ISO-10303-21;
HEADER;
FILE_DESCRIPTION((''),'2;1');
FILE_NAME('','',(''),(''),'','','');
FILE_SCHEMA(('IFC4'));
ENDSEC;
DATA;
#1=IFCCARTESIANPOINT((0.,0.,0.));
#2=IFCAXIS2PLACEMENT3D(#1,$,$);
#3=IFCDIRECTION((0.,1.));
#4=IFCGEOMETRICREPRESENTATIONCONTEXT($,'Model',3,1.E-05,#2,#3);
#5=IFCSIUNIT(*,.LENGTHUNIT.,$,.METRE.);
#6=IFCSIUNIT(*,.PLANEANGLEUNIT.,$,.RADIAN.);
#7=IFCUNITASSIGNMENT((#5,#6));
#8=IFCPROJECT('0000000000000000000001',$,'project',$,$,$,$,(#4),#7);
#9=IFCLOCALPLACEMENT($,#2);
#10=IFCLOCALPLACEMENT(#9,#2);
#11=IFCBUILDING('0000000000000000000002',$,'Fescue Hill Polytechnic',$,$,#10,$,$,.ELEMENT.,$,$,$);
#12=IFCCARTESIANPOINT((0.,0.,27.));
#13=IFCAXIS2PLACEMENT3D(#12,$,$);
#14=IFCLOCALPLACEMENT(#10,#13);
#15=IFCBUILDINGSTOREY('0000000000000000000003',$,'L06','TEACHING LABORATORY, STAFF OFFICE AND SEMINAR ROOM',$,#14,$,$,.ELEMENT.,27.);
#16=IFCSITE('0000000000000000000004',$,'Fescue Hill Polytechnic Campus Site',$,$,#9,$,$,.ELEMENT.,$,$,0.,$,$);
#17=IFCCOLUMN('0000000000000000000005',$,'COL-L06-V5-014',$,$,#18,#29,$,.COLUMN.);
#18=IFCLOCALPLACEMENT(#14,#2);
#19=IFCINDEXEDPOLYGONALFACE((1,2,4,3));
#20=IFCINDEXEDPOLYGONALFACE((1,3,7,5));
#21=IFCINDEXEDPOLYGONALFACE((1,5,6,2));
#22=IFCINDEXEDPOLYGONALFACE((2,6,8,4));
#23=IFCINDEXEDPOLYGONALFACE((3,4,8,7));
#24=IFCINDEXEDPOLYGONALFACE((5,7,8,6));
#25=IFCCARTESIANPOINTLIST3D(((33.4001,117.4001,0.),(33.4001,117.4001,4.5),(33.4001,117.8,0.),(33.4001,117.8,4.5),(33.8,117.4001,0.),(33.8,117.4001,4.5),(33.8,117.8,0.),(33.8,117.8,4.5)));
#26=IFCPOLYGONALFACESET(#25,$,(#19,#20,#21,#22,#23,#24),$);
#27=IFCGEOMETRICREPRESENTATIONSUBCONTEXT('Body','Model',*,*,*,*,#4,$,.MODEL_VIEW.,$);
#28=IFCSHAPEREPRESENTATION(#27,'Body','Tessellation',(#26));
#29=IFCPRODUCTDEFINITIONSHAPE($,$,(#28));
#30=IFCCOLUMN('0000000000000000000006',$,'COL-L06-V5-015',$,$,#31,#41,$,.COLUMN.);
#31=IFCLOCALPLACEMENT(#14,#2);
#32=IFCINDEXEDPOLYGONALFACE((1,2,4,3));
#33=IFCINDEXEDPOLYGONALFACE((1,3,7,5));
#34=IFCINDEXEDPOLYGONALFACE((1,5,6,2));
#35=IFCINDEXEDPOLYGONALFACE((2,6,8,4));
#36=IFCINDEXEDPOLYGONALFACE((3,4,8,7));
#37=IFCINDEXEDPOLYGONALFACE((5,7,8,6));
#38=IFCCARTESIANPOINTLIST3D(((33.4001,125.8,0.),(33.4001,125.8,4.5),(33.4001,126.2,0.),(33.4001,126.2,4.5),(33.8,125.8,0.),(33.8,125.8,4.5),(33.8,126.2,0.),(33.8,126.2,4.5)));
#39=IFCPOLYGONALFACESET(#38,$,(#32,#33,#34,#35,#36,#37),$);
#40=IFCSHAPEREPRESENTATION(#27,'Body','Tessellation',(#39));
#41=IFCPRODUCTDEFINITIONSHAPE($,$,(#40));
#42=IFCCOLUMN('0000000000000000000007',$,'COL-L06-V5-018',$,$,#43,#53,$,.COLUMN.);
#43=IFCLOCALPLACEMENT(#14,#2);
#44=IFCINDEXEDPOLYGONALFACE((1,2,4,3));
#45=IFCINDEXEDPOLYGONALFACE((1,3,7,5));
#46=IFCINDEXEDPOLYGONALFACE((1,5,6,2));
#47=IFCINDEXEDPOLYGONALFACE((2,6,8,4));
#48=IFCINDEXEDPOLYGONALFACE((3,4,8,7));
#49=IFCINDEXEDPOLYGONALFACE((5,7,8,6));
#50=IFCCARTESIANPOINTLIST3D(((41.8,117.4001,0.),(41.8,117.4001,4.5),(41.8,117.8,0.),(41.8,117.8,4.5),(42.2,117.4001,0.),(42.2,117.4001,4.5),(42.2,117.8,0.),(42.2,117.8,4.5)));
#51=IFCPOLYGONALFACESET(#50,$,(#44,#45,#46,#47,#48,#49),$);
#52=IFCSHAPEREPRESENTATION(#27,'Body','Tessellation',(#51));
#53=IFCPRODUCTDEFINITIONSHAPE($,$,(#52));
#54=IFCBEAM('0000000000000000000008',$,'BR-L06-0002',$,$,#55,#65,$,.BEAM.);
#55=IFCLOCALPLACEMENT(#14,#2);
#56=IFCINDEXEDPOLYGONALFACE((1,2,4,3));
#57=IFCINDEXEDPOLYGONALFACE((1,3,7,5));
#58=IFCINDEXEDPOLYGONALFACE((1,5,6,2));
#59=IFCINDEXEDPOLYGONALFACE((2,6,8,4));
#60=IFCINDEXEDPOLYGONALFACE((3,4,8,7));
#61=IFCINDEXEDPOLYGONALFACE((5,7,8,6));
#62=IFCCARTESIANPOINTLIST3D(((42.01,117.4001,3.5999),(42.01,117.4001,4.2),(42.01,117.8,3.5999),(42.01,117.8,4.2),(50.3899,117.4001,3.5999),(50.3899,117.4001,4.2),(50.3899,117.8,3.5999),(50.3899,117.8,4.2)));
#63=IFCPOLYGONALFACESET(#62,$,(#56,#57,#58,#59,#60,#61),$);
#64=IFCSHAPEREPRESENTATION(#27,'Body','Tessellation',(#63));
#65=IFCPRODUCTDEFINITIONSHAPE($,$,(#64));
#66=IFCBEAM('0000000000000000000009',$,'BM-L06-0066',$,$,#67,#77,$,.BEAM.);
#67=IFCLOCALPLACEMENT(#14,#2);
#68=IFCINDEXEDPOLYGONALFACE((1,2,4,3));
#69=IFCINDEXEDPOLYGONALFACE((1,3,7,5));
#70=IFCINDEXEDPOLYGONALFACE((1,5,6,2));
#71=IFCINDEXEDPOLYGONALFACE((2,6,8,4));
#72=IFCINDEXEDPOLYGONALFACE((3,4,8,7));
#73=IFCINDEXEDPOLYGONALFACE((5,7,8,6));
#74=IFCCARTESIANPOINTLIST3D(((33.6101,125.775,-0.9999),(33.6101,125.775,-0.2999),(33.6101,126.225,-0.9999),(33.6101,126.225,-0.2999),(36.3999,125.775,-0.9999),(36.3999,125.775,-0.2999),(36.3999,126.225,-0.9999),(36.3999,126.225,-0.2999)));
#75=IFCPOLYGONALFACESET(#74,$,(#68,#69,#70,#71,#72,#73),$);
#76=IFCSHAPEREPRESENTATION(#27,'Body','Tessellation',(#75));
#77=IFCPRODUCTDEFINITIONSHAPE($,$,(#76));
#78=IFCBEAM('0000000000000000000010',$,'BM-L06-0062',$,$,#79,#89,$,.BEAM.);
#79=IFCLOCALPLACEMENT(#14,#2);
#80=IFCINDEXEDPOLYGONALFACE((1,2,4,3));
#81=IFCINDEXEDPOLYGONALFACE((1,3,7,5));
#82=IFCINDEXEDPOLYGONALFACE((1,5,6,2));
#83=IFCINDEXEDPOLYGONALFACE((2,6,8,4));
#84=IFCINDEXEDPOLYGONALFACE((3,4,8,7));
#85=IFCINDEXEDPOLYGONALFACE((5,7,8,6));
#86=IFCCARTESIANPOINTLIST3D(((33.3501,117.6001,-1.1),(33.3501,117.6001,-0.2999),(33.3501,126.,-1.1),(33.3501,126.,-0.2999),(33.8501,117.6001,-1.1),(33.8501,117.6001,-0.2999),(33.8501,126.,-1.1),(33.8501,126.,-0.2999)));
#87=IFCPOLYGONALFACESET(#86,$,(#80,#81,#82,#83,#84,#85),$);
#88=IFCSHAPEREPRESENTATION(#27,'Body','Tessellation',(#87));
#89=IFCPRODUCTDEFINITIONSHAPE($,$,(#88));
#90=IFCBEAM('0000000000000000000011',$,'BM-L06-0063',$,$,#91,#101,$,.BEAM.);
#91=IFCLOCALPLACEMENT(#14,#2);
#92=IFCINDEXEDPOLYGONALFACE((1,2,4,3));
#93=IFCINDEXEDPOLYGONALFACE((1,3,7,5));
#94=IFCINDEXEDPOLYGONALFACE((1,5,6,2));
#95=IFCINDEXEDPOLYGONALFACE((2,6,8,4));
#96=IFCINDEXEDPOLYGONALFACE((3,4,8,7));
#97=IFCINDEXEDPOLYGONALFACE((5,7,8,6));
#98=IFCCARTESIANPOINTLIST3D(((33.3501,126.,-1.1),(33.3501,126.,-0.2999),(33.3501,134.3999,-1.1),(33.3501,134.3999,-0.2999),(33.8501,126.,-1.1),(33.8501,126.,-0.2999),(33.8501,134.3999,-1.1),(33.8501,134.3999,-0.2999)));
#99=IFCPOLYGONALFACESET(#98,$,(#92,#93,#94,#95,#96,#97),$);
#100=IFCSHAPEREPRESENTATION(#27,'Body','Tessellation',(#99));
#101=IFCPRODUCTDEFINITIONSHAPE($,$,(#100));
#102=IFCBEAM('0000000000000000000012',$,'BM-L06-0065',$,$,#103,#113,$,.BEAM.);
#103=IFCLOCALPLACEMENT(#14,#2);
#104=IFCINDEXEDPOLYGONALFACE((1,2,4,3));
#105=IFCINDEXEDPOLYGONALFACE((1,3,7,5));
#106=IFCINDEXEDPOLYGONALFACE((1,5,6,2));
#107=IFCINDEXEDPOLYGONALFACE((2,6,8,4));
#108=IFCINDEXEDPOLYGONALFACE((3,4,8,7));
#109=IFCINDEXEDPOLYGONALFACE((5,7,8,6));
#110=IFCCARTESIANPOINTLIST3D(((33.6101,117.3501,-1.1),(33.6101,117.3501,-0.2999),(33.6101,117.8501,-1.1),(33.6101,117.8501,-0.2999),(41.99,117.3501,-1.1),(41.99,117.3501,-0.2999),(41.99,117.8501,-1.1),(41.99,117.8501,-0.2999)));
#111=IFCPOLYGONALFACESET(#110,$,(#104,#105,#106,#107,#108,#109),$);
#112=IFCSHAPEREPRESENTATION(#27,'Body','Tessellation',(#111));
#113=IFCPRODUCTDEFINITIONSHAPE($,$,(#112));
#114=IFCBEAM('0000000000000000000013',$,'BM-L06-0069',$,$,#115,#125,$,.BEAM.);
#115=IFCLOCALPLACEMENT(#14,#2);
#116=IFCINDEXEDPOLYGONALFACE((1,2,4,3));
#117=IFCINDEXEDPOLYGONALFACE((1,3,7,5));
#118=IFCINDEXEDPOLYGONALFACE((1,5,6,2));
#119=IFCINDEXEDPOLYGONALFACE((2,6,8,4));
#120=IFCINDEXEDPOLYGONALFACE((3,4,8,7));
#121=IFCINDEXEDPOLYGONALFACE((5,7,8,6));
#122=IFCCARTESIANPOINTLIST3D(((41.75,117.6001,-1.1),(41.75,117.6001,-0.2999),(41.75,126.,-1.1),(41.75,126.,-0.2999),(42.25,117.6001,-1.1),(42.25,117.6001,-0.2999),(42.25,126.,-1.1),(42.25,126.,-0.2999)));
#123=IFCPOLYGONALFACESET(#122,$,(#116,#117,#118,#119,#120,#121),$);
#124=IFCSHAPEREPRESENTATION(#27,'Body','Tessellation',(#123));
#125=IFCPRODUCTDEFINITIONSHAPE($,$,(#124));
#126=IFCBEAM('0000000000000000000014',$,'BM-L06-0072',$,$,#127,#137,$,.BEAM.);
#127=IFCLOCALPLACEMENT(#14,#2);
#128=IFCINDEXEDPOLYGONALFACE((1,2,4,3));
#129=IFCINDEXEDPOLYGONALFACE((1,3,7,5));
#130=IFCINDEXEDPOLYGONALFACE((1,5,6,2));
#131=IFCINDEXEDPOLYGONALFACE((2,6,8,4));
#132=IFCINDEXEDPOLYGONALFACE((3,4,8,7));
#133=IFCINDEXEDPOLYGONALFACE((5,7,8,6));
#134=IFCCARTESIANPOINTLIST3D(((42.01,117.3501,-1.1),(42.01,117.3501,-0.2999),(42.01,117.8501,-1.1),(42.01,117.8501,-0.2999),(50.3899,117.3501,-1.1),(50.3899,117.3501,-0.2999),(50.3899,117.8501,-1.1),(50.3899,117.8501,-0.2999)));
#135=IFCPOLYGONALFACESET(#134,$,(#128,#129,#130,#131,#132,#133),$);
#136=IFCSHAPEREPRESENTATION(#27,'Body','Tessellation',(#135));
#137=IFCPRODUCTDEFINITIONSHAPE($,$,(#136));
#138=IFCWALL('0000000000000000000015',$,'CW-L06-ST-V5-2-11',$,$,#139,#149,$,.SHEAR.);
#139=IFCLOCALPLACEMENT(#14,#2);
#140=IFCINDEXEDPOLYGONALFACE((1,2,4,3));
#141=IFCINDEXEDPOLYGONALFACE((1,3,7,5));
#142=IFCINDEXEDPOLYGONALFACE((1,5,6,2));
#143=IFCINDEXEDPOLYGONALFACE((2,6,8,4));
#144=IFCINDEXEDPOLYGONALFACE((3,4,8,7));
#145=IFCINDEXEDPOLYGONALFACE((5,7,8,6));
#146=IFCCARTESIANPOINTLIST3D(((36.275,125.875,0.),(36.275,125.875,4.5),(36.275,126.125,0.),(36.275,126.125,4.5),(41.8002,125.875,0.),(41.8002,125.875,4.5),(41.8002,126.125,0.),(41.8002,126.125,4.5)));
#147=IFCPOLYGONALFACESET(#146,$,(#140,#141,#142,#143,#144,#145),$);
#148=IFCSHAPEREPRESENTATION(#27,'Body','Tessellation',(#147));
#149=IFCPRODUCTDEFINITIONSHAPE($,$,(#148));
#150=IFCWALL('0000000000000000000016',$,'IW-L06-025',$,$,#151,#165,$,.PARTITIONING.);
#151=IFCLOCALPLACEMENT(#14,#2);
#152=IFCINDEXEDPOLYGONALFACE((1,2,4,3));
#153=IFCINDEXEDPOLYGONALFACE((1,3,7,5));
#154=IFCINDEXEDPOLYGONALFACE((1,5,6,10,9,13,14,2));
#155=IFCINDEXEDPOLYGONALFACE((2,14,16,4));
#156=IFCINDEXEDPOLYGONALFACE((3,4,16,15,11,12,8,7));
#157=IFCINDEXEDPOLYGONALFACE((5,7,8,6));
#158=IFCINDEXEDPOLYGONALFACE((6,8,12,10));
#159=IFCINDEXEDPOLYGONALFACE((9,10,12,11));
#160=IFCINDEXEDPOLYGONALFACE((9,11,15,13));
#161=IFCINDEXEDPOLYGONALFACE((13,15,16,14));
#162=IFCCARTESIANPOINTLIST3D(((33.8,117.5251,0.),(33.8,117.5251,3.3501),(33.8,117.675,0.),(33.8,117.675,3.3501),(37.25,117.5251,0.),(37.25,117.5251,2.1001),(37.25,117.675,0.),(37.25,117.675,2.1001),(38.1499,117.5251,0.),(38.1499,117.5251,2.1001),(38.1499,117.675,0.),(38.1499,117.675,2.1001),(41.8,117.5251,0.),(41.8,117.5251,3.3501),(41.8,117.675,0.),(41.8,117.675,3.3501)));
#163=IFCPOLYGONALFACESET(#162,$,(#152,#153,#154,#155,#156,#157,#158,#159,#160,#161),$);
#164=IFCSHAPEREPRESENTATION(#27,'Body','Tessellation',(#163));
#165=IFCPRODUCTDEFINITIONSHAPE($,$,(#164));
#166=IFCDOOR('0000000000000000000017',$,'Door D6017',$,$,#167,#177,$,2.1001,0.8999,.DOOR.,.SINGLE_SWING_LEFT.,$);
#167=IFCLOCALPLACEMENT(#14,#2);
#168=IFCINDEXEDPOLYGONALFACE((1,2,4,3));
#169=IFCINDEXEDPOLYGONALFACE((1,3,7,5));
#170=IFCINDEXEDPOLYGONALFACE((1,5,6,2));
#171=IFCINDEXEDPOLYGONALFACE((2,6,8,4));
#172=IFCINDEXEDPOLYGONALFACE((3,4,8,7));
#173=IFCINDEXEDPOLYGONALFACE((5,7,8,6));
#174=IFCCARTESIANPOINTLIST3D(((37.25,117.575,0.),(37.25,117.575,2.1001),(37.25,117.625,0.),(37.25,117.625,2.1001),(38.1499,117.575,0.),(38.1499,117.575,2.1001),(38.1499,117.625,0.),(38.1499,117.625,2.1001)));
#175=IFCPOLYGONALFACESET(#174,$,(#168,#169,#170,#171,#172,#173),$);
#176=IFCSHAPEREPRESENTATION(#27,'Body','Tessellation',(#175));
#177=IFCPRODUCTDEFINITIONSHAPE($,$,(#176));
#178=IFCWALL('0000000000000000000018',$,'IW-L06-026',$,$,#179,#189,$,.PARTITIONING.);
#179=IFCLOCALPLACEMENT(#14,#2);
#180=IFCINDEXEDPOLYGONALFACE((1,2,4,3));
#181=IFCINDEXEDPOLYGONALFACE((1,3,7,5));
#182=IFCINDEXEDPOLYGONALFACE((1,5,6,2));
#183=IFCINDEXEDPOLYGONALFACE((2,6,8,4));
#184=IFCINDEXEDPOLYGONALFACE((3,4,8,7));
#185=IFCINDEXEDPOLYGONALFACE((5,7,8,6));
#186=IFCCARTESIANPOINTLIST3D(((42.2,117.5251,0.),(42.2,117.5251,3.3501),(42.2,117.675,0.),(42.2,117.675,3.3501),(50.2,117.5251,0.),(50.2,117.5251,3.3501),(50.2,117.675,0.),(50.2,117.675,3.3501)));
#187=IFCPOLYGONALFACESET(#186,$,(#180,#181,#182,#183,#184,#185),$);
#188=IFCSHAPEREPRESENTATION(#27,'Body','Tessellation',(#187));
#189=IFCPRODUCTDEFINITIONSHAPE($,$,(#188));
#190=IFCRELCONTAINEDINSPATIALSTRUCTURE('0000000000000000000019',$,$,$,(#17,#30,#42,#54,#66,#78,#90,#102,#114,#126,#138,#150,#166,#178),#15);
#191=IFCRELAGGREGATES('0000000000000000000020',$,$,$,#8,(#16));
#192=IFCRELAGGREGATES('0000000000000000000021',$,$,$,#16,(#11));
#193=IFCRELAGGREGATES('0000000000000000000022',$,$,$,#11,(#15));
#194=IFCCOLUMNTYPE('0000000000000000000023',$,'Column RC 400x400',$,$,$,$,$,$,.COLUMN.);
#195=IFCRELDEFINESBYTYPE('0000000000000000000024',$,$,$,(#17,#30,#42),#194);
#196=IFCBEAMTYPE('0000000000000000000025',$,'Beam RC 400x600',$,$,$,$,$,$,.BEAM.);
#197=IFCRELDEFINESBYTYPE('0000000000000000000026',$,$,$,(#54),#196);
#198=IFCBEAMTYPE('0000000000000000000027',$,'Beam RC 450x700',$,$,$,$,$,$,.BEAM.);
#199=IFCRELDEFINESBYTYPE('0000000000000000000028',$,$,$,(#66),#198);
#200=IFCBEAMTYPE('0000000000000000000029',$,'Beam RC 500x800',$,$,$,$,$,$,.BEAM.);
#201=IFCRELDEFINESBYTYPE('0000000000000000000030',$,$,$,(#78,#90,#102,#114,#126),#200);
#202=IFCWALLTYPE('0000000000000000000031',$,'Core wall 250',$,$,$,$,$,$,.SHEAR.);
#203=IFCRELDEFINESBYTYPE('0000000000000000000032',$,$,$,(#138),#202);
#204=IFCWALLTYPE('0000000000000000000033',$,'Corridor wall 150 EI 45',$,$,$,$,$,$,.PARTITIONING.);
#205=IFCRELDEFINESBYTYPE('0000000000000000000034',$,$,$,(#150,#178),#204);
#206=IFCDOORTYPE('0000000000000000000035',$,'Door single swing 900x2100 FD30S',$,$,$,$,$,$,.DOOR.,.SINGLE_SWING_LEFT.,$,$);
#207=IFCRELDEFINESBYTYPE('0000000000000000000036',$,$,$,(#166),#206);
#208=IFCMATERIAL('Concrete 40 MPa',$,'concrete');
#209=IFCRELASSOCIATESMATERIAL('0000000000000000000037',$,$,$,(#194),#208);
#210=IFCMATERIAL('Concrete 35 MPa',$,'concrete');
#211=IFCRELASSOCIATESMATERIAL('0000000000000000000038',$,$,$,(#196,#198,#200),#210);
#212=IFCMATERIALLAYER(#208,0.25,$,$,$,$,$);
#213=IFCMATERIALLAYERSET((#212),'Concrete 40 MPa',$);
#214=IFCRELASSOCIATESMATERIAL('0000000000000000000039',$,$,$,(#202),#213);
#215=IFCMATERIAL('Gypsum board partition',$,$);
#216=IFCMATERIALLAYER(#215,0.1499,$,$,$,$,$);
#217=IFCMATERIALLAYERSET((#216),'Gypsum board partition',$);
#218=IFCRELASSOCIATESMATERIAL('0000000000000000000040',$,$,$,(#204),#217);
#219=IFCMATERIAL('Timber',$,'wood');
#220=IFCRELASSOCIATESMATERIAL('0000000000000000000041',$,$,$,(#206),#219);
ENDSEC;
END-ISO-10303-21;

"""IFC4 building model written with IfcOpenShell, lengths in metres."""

from ifc_helpers import new_model, si_unit, direction, frame, frame_2d, origin, origin_2d, place, context, subcontext, project, spatial, rectangle, extrude, material, layer, layer_set, material_profile, profile_set, type_object, element, fill, save


model = new_model("IFC4")

# Units and contexts
model_context = context("Model", 3, precision=1e-05, world=origin(), true_north=direction((0.0, 1.0)))
body_context = subcontext(model_context, "Body", "Model", "MODEL_VIEW")
ifc_project = project(units=[si_unit("LENGTHUNIT", "METRE"), si_unit("PLANEANGLEUNIT", "RADIAN")], contexts=[model_context])

# Site, building, storey
site_placement = place(None, origin())
site = spatial("IfcSite", under=ifc_project, at=site_placement, Name="Fescue Hill Polytechnic Campus Site", CompositionType="ELEMENT", RefElevation=0.0)
building_placement = place(site_placement, origin())
building = spatial("IfcBuilding", under=site, at=building_placement, Name="Fescue Hill Polytechnic", CompositionType="ELEMENT")
storey_placement = place(building_placement, frame((0.0, 0.0, 27.0)))
storey = spatial("IfcBuildingStorey", under=building, at=storey_placement, Name="L06", Description="TEACHING LABORATORY, STAFF OFFICE AND SEMINAR ROOM", CompositionType="ELEMENT", Elevation=27.0)

# Columns
ifc_material_1 = material(Name="Concrete 40 MPa", Category="concrete")
ifc_material_profile_1 = material_profile(ifc_material_1, rectangle(XDim=0.3999, YDim=0.3999, at=origin_2d()), Name="RC 400x400")
ifc_profile_set_1 = profile_set([ifc_material_profile_1], Name="Concrete 40 MPa")
column_type = type_object("IfcColumnType", Name="Column RC 400x400", PredefinedType="COLUMN", material=ifc_profile_set_1)
for number, where, z_axis, x_axis, name in (
    (1, (33.6001, 117.6001, 0.0), (0.0, 0.0, 1.0), (1.0, 0.0, 0.0), "COL-L06-V5-014"),
    (2, (33.6001, 126.0, 0.0), (0.0, 0.0, 1.0), (1.0, 0.0, 0.0), "COL-L06-V5-015"),
    (3, (42.0, 117.6001, 0.0), (0.0, 0.0, 1.0), (1.0, 0.0, 0.0), "COL-L06-V5-018"),
):
    element("IfcColumn", number, at=place(storey_placement, frame(where, z_axis=z_axis, x_axis=x_axis)), inside=storey, type_object=column_type, Name=name, PredefinedType="COLUMN", context=body_context, shape_type="SweptSolid", body=[
        extrude(rectangle(XDim=0.3999, YDim=0.3999, at=origin_2d()), origin(), (0.0, 0.0, 1.0), 4.5),
    ])

# Beams
ifc_material_2 = material(Name="Concrete 35 MPa", Category="concrete")
ifc_material_profile_2 = material_profile(ifc_material_2, rectangle(XDim=0.3999, YDim=0.6001, at=origin_2d()), Name="RC 400x600")
ifc_profile_set_2 = profile_set([ifc_material_profile_2], Name="Concrete 35 MPa")
beam_type_1 = type_object("IfcBeamType", Name="Beam RC 400x600", PredefinedType="BEAM", material=ifc_profile_set_2)
beam_1_placement = place(storey_placement, frame((42.01, 117.6001, 3.8999), z_axis=(1.0, 0.0, 0.0), x_axis=(0.0, 1.0, 0.0)))
element("IfcBeam", 4, at=beam_1_placement, inside=storey, type_object=beam_type_1, Name="BR-L06-0002", PredefinedType="BEAM", context=body_context, shape_type="SweptSolid", body=[
    extrude(rectangle(XDim=0.3999, YDim=0.6001, at=origin_2d()), origin(), (0.0, 0.0, 1.0), 8.3799),
])
ifc_material_profile_3 = material_profile(ifc_material_2, rectangle(XDim=0.45, YDim=0.7, at=origin_2d()), Name="RC 450x700")
ifc_profile_set_3 = profile_set([ifc_material_profile_3], Name="Concrete 35 MPa")
beam_type_2 = type_object("IfcBeamType", Name="Beam RC 450x700", PredefinedType="BEAM", material=ifc_profile_set_3)
beam_2_placement = place(storey_placement, frame((33.6101, 126.0, -0.6499), z_axis=(1.0, 0.0, 0.0), x_axis=(0.0, 1.0, 0.0)))
element("IfcBeam", 5, at=beam_2_placement, inside=storey, type_object=beam_type_2, Name="BM-L06-0066", PredefinedType="BEAM", context=body_context, shape_type="SweptSolid", body=[
    extrude(rectangle(XDim=0.45, YDim=0.7, at=origin_2d()), origin(), (0.0, 0.0, 1.0), 2.7898),
])
ifc_material_profile_4 = material_profile(ifc_material_2, rectangle(XDim=0.5, YDim=0.8, at=origin_2d()), Name="RC 500x800")
ifc_profile_set_4 = profile_set([ifc_material_profile_4], Name="Concrete 35 MPa")
beam_type_3 = type_object("IfcBeamType", Name="Beam RC 500x800", PredefinedType="BEAM", material=ifc_profile_set_4)
for number, where, z_axis, x_axis, name in (
    (6, (33.6001, 117.6001, -0.7), (0.0, 1.0, 0.0), (-1.0, 0.0, 0.0), "BM-L06-0062"),
    (7, (33.6001, 126.0, -0.7), (0.0, 1.0, 0.0), (-1.0, 0.0, 0.0), "BM-L06-0063"),
):
    element("IfcBeam", number, at=place(storey_placement, frame(where, z_axis=z_axis, x_axis=x_axis)), inside=storey, type_object=beam_type_3, Name=name, PredefinedType="BEAM", context=body_context, shape_type="SweptSolid", body=[
        extrude(rectangle(XDim=0.5, YDim=0.8, at=origin_2d()), origin(), (0.0, 0.0, 1.0), 8.3999),
    ])
beam_3_placement = place(storey_placement, frame((33.6101, 117.6001, -0.7), z_axis=(1.0, 0.0, 0.0), x_axis=(0.0, 1.0, 0.0)))
element("IfcBeam", 8, at=beam_3_placement, inside=storey, type_object=beam_type_3, Name="BM-L06-0065", PredefinedType="BEAM", context=body_context, shape_type="SweptSolid", body=[
    extrude(rectangle(XDim=0.5, YDim=0.8, at=origin_2d()), origin(), (0.0, 0.0, 1.0), 8.3799),
])
beam_4_placement = place(storey_placement, frame((42.0, 117.6001, -0.7), z_axis=(0.0, 1.0, 0.0), x_axis=(-1.0, 0.0, 0.0)))
element("IfcBeam", 9, at=beam_4_placement, inside=storey, type_object=beam_type_3, Name="BM-L06-0069", PredefinedType="BEAM", context=body_context, shape_type="SweptSolid", body=[
    extrude(rectangle(XDim=0.5, YDim=0.8, at=origin_2d()), origin(), (0.0, 0.0, 1.0), 8.3999),
])
beam_5_placement = place(storey_placement, frame((42.01, 117.6001, -0.7), z_axis=(1.0, 0.0, 0.0), x_axis=(0.0, 1.0, 0.0)))
element("IfcBeam", 10, at=beam_5_placement, inside=storey, type_object=beam_type_3, Name="BM-L06-0072", PredefinedType="BEAM", context=body_context, shape_type="SweptSolid", body=[
    extrude(rectangle(XDim=0.5, YDim=0.8, at=origin_2d()), origin(), (0.0, 0.0, 1.0), 8.3799),
])

# Wall
ifc_layer_1 = layer(ifc_material_1, 0.25)
ifc_layer_set_1 = layer_set([ifc_layer_1], Name="Concrete 40 MPa")
wall_type_1 = type_object("IfcWallType", Name="Core wall 250", PredefinedType="SHEAR", material=ifc_layer_set_1)
wall_1_placement = place(storey_placement, frame((36.2749, 126.0, 0.0), z_axis=(0.0, 0.0, 1.0), x_axis=(1.0, 0.0, 0.0)))
element("IfcWall", 11, at=wall_1_placement, inside=storey, type_object=wall_type_1, Name="CW-L06-ST-V5-2-11", PredefinedType="SHEAR", context=body_context, shape_type="SweptSolid", body=[
    extrude(rectangle(XDim=5.5251, YDim=0.25, at=frame_2d((2.7627, 0.0))), origin(), (0.0, 0.0, 1.0), 4.5),
])

# Wall, opening, door
ifc_material_3 = material(Name="Gypsum board partition")
ifc_layer_2 = layer(ifc_material_3, 0.1499)
ifc_layer_set_2 = layer_set([ifc_layer_2], Name="Gypsum board partition")
wall_type_2 = type_object("IfcWallType", Name="Corridor wall 150 EI 45", PredefinedType="PARTITIONING", material=ifc_layer_set_2)
wall_2_placement = place(storey_placement, frame((33.8, 117.6001, 0.0), z_axis=(0.0, 0.0, 1.0), x_axis=(1.0, 0.0, 0.0)))
wall_2 = element("IfcWall", 12, at=wall_2_placement, inside=storey, type_object=wall_type_2, Name="IW-L06-025", PredefinedType="PARTITIONING", context=body_context, shape_type="SweptSolid", body=[
    extrude(rectangle(XDim=8.0, YDim=0.1499, at=frame_2d((4.0, 0.0))), origin(), (0.0, 0.0, 1.0), 3.3501),
])
opening_1_placement = place(wall_2_placement, frame((3.45, 0.0, 0.0)))
opening_1 = element("IfcOpeningElement", 13, at=opening_1_placement, cuts=wall_2, PredefinedType="OPENING", context=body_context, shape_type="SweptSolid", body=[
    extrude(rectangle(XDim=0.8999, YDim=2.1001, at=frame_2d((0.45, 1.05))), frame((0.0, 0.085, 0.0), z_axis=(0.0, -1.0, 0.0), x_axis=(1.0, 0.0, 0.0)), (0.0, 0.0, 1.0), 0.1699),
])
ifc_material_4 = material(Name="Timber", Category="wood")
door_type_1 = type_object("IfcDoorType", Name="Door single swing 900x2100 FD30S", OperationType="SINGLE_SWING_LEFT", PredefinedType="DOOR", material=ifc_material_4)
door_1_placement = place(opening_1_placement, origin())
door_1 = element("IfcDoor", 14, at=door_1_placement, inside=storey, type_object=door_type_1, Name="Door D6017", OperationType="SINGLE_SWING_LEFT", OverallHeight=2.1001, OverallWidth=0.8999, PredefinedType="DOOR", context=body_context, shape_type="SweptSolid", body=[
    extrude(rectangle(XDim=0.8999, YDim=2.1001, at=frame_2d((0.45, 1.05))), frame((0.0, 0.0249, 0.0), z_axis=(0.0, -1.0, 0.0), x_axis=(1.0, 0.0, 0.0)), (0.0, 0.0, 1.0), 0.05),
])
fill(opening_1, door_1)

# Wall
wall_3_placement = place(storey_placement, frame((42.2, 117.6001, 0.0), z_axis=(0.0, 0.0, 1.0), x_axis=(1.0, 0.0, 0.0)))
element("IfcWall", 15, at=wall_3_placement, inside=storey, type_object=wall_type_2, Name="IW-L06-026", PredefinedType="PARTITIONING", context=body_context, shape_type="SweptSolid", body=[
    extrude(rectangle(XDim=8.0, YDim=0.1499, at=frame_2d((4.0, 0.0))), origin(), (0.0, 0.0, 1.0), 3.3501),
])

save(model, "model.ifc")
